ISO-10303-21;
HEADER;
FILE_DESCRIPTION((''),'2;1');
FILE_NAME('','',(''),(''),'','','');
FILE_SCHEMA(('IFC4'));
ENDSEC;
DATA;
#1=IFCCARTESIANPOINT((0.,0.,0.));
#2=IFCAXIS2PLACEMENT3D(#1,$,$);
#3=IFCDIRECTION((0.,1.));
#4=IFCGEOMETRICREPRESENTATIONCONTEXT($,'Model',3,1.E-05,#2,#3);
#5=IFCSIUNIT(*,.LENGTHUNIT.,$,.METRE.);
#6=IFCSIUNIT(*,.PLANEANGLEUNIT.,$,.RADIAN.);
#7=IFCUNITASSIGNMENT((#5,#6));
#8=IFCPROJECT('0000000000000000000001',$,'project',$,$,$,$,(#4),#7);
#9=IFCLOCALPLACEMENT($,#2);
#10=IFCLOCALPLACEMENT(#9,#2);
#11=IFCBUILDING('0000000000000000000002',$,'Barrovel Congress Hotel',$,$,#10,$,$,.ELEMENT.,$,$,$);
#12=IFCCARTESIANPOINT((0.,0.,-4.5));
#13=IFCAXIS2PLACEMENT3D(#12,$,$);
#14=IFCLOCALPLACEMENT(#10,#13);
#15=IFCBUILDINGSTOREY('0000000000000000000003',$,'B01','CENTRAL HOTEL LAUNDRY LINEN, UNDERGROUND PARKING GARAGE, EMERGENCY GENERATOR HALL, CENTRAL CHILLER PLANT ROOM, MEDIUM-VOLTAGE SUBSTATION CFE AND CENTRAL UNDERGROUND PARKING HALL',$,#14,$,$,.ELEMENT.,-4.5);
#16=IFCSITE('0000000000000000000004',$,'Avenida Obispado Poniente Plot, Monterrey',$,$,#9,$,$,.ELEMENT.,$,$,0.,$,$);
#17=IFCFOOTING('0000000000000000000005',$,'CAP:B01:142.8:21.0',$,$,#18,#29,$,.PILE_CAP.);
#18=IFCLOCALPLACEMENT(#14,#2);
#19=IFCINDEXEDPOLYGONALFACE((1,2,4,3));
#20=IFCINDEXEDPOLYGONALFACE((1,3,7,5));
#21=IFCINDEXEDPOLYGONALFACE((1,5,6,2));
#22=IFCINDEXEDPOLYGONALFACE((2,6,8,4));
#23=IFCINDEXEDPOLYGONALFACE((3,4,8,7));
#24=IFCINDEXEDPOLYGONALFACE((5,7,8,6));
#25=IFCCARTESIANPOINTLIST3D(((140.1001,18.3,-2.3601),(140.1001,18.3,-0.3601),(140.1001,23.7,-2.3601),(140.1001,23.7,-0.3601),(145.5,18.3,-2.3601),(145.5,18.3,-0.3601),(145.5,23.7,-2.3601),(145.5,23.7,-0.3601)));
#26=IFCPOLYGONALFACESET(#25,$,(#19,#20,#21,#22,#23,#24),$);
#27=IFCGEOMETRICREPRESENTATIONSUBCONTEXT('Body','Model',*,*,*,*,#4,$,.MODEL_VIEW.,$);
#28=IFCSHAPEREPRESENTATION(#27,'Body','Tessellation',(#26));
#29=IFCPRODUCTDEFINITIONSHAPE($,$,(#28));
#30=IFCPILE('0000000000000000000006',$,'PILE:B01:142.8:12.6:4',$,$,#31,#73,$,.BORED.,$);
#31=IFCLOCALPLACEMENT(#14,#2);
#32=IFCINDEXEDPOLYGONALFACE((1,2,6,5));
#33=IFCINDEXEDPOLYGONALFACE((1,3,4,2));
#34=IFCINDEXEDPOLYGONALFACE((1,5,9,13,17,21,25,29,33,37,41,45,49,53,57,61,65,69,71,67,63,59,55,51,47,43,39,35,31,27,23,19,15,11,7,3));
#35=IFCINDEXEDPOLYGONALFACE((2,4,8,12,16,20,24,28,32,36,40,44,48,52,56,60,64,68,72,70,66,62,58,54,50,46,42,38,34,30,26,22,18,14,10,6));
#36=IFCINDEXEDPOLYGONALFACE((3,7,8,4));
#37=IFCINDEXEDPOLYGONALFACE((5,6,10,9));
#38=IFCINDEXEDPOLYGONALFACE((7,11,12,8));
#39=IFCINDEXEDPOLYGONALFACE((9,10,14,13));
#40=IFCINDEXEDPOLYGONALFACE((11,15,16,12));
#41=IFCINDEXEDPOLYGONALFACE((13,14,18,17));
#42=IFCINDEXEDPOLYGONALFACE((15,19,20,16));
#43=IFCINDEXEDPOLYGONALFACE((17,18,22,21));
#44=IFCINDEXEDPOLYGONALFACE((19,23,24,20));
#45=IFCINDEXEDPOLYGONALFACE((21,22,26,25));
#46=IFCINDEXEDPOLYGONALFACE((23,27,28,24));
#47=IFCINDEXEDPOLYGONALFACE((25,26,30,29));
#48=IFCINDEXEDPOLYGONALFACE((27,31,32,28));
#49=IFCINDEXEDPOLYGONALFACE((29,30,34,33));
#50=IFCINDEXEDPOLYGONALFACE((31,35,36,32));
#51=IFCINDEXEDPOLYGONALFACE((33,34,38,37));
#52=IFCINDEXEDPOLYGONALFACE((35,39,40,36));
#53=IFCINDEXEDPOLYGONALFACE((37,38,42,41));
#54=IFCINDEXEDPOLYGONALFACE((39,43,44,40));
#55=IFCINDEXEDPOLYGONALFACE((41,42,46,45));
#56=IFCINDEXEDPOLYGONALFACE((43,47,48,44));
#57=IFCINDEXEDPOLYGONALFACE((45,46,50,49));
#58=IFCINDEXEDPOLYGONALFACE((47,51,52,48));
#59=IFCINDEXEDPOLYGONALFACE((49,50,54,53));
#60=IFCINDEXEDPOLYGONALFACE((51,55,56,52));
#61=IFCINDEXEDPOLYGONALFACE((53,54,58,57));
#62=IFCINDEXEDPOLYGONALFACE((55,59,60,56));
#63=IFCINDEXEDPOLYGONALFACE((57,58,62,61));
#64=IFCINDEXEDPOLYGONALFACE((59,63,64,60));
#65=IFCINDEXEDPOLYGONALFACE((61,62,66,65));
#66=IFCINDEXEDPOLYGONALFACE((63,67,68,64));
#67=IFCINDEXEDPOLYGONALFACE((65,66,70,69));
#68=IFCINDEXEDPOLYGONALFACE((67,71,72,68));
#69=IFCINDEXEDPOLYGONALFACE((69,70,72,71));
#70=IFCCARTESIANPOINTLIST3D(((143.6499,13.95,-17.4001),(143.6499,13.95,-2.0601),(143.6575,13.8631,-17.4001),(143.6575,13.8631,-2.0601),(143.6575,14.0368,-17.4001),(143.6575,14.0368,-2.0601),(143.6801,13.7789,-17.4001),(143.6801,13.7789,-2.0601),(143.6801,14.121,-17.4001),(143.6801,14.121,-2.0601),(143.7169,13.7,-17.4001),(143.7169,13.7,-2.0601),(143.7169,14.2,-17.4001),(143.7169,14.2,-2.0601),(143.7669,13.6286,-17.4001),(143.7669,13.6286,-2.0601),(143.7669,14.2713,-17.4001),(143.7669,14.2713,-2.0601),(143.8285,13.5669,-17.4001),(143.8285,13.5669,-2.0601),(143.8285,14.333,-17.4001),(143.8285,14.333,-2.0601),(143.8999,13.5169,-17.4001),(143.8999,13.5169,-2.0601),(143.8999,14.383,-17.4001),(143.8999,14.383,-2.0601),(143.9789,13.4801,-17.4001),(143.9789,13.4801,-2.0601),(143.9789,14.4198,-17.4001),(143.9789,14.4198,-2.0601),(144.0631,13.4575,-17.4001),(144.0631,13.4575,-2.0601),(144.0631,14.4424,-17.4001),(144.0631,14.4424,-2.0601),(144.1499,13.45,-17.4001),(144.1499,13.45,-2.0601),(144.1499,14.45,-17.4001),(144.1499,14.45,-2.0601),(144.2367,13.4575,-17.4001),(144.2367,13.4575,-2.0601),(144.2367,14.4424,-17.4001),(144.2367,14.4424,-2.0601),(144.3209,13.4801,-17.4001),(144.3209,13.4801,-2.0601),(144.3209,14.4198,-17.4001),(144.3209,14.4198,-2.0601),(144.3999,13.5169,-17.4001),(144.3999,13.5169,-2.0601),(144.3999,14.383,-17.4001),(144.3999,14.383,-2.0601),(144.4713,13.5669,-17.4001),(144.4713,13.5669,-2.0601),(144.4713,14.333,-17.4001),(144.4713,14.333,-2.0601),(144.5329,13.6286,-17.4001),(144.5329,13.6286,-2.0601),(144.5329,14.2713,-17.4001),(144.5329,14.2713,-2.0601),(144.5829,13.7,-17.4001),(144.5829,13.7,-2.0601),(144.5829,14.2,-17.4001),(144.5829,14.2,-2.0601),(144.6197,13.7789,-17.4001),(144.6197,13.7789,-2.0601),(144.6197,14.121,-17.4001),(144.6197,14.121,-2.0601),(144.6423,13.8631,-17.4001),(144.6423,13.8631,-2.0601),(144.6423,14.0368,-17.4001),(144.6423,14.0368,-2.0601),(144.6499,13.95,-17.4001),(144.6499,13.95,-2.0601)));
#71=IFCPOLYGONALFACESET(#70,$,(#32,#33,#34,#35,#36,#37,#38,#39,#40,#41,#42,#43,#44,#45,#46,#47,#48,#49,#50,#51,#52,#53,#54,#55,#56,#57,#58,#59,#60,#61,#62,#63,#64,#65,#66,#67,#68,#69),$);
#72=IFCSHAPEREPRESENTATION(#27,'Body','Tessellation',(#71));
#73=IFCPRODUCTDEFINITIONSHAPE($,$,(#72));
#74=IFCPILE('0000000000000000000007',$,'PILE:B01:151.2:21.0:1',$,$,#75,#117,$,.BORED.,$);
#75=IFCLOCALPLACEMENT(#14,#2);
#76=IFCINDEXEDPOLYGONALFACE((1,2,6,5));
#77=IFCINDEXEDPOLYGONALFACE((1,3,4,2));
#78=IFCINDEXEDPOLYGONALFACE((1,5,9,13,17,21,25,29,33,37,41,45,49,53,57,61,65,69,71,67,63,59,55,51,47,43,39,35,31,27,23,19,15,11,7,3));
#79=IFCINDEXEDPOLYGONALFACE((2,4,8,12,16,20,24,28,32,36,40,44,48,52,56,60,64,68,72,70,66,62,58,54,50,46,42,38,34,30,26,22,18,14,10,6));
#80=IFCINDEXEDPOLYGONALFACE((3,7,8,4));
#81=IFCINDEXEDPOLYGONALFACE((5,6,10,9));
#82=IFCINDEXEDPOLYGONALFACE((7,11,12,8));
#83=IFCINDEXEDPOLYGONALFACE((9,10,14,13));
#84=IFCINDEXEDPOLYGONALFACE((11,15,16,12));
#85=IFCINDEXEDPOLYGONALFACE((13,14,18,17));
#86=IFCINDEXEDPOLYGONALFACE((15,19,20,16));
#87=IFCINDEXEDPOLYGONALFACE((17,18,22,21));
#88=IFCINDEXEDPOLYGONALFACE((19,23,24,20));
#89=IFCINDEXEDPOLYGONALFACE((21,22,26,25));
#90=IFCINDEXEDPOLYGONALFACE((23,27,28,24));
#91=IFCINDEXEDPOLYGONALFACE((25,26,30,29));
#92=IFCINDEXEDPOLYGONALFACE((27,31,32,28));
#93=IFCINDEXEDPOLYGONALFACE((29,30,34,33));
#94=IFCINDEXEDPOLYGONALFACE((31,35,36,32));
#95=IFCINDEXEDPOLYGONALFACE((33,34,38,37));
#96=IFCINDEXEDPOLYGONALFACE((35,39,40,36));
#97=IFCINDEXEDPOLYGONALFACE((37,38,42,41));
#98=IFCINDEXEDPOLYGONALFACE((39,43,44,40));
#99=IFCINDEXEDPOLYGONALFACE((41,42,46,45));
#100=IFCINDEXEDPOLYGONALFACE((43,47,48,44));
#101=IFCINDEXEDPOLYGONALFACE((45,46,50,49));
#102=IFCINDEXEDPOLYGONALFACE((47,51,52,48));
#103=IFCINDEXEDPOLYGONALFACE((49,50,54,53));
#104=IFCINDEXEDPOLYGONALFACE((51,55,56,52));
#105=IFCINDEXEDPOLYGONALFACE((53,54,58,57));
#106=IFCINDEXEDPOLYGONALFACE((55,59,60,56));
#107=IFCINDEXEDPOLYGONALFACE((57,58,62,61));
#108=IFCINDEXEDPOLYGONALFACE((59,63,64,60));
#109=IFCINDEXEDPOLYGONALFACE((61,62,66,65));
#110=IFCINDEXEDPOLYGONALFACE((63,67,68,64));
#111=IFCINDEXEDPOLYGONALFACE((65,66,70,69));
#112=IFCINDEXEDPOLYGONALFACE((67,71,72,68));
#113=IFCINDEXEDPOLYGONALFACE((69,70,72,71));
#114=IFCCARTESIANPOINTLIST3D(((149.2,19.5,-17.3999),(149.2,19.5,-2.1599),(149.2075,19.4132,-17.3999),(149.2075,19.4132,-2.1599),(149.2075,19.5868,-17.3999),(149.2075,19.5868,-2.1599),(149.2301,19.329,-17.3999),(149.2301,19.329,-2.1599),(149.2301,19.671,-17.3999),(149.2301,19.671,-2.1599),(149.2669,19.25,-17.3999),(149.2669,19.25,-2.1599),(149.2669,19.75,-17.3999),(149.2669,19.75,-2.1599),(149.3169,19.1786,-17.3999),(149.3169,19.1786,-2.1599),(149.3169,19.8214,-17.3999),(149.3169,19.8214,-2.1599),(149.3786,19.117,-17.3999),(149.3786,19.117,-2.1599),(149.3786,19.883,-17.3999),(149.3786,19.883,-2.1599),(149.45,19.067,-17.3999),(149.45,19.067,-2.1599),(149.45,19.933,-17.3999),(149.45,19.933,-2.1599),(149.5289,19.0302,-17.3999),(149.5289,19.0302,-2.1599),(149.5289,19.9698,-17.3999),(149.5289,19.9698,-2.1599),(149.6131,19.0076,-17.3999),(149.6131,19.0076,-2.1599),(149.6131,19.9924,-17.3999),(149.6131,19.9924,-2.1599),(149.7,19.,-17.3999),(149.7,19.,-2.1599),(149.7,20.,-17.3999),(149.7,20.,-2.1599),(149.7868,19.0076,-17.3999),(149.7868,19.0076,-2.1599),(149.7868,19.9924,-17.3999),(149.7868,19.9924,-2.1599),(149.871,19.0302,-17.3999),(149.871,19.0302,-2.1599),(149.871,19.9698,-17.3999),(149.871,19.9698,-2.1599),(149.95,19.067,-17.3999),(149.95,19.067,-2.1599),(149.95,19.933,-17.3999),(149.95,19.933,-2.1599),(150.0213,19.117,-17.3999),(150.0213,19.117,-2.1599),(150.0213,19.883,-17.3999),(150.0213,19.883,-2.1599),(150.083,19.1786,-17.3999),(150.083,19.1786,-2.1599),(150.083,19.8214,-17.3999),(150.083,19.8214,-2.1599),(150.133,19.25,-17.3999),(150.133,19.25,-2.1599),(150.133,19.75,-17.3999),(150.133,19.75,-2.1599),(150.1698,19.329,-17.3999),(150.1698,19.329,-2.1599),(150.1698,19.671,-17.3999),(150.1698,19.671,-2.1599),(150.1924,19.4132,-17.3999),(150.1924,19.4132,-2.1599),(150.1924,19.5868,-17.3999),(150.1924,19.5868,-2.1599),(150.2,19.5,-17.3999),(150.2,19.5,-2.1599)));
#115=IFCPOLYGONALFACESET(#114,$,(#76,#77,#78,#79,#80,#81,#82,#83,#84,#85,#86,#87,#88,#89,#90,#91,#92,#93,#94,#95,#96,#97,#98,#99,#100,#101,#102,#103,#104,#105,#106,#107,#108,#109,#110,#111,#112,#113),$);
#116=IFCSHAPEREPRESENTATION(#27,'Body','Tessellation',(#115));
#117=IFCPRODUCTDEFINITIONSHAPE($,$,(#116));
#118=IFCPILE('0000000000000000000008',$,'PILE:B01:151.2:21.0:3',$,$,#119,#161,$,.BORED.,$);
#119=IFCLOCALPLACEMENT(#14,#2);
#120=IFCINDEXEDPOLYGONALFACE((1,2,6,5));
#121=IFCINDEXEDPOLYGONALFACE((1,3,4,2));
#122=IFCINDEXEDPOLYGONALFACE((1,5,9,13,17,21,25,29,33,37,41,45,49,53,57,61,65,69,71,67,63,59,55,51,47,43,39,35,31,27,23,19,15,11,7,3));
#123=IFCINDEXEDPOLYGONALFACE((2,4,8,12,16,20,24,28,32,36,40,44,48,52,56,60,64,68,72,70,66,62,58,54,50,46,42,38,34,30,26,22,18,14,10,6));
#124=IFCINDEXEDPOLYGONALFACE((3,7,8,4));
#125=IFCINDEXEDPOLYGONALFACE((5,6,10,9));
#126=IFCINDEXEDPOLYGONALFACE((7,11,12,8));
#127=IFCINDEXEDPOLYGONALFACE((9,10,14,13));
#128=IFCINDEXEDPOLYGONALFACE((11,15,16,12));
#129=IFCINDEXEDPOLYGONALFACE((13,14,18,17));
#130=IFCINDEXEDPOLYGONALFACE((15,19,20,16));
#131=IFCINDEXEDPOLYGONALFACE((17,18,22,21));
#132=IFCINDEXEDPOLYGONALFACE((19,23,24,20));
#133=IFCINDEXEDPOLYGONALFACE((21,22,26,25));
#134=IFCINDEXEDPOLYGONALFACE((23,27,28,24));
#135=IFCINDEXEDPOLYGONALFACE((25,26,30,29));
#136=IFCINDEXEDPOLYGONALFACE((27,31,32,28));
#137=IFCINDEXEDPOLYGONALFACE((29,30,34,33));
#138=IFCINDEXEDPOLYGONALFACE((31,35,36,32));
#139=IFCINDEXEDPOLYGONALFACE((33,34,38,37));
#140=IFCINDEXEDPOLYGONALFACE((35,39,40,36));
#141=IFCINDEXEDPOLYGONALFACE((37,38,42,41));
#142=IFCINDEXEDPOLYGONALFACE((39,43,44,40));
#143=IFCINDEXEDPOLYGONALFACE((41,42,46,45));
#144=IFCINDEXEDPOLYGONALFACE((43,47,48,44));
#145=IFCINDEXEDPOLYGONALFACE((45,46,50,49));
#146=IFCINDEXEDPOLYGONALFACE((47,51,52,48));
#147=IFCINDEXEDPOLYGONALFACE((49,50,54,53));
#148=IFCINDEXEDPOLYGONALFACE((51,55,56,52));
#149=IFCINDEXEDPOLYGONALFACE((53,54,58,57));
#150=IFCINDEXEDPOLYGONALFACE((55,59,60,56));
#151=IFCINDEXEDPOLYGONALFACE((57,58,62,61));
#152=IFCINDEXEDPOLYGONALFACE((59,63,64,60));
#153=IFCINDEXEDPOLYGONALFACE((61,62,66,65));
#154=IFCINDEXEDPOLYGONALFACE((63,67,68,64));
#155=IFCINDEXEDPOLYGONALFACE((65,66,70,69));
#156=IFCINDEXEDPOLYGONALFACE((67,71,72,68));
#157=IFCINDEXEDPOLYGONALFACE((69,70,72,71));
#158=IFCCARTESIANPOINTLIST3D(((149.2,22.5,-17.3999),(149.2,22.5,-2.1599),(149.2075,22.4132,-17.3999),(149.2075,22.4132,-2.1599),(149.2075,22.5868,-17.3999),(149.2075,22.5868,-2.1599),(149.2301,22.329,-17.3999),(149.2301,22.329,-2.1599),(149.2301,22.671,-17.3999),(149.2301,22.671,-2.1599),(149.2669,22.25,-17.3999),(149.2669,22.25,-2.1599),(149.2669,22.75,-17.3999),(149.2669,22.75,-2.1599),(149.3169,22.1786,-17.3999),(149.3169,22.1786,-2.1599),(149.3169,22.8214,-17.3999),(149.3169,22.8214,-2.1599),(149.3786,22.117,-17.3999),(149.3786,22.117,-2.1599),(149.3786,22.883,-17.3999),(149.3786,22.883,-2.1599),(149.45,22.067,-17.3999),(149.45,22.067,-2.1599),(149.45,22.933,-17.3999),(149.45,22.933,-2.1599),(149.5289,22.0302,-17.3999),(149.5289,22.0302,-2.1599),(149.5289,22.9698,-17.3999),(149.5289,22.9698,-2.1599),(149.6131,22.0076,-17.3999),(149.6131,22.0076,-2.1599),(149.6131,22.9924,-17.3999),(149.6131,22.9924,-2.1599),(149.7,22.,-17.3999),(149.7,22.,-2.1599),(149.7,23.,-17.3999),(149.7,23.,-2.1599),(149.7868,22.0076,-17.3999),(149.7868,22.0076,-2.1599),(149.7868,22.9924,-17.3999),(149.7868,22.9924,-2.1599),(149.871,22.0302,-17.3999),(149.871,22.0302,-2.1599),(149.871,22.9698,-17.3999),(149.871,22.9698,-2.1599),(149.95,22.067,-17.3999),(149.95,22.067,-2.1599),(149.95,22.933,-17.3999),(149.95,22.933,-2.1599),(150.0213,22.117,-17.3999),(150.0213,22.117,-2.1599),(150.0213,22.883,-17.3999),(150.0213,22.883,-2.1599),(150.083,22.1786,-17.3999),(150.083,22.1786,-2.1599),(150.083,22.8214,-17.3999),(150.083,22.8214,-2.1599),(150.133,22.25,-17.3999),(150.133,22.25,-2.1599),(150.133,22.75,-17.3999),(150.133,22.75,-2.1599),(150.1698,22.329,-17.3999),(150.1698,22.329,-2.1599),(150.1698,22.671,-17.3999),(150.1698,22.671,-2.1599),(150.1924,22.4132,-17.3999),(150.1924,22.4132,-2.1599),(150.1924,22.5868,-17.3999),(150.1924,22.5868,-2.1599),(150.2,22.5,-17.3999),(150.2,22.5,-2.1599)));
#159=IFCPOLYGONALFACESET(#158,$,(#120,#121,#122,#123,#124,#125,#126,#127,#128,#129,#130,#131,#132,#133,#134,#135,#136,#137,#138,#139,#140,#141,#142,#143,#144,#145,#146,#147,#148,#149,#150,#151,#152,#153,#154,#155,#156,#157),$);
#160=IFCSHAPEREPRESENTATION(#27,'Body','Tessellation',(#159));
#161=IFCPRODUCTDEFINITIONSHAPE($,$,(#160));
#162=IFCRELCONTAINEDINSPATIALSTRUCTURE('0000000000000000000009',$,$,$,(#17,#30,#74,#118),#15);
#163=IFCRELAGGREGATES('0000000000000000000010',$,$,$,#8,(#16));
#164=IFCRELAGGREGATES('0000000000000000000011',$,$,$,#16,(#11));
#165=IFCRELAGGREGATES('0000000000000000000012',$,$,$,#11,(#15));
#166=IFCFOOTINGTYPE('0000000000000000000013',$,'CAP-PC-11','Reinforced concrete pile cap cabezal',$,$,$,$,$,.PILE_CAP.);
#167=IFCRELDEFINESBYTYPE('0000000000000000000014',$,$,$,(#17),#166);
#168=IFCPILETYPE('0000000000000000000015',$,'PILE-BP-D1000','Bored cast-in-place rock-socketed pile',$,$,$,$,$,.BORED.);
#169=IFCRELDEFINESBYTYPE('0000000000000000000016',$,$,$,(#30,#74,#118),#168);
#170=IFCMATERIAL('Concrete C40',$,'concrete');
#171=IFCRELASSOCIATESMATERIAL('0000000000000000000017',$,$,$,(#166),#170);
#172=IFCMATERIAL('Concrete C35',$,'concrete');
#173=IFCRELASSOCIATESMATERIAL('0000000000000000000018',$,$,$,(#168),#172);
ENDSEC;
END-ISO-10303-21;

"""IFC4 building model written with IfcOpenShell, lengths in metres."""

from ifc_helpers import new_model, si_unit, direction, frame, origin, origin_2d, place, context, subcontext, project, spatial, rectangle, circle, extrude, material, material_profile, profile_set, type_object, element, save


model = new_model("IFC4")

# Units and contexts
model_context = context("Model", 3, precision=1e-05, world=origin(), true_north=direction((0.0, 1.0)))
body_context = subcontext(model_context, "Body", "Model", "MODEL_VIEW")
ifc_project = project(units=[si_unit("LENGTHUNIT", "METRE"), si_unit("PLANEANGLEUNIT", "RADIAN")], contexts=[model_context])

# Site, building, storey
site_placement = place(None, origin())
site = spatial("IfcSite", under=ifc_project, at=site_placement, Name="Avenida Obispado Poniente Plot, Monterrey", CompositionType="ELEMENT", RefElevation=0.0)
building_placement = place(site_placement, origin())
building = spatial("IfcBuilding", under=site, at=building_placement, Name="Barrovel Congress Hotel", CompositionType="ELEMENT")
storey_placement = place(building_placement, frame((0.0, 0.0, -4.5)))
storey = spatial("IfcBuildingStorey", under=building, at=storey_placement, Name="B01", Description="CENTRAL HOTEL LAUNDRY LINEN, UNDERGROUND PARKING GARAGE, EMERGENCY GENERATOR HALL, CENTRAL CHILLER PLANT ROOM, MEDIUM-VOLTAGE SUBSTATION CFE AND CENTRAL UNDERGROUND PARKING HALL", CompositionType="ELEMENT", Elevation=-4.5)

# Footing
ifc_material_1 = material(Name="Concrete C40", Category="concrete")
footing_type = type_object("IfcFootingType", Name="CAP-PC-11", Description="Reinforced concrete pile cap cabezal", PredefinedType="PILE_CAP", material=ifc_material_1)
footing_placement = place(storey_placement, frame((142.8, 21.0, -2.3601), z_axis=(0.0, 0.0, 1.0), x_axis=(1.0, 0.0, 0.0)))
element("IfcFooting", 1, at=footing_placement, inside=storey, type_object=footing_type, Name="CAP:B01:142.8:21.0", PredefinedType="PILE_CAP", context=body_context, shape_type="SweptSolid", body=[
    extrude(rectangle(XDim=5.3999, YDim=5.3999, at=origin_2d()), origin(), (0.0, 0.0, 1.0), 2.0),
])

# Piles
ifc_material_2 = material(Name="Concrete C35", Category="concrete")
ifc_material_profile_1 = material_profile(ifc_material_2, circle(Radius=0.5, at=origin_2d()), Name="BP-D1000")
ifc_profile_set_1 = profile_set([ifc_material_profile_1], Name="Concrete C35")
pile_type_1 = type_object("IfcPileType", Name="PILE-BP-D1000", Description="Bored cast-in-place rock-socketed pile", PredefinedType="BORED", material=ifc_profile_set_1)
pile_placement = place(storey_placement, frame((144.1499, 13.95, -2.0601), z_axis=(0.0, 0.0, -1.0), x_axis=(1.0, 0.0, 0.0)))
element("IfcPile", 2, at=pile_placement, inside=storey, type_object=pile_type_1, Name="PILE:B01:142.8:12.6:4", PredefinedType="BORED", context=body_context, shape_type="SweptSolid", body=[
    extrude(circle(Radius=0.5, at=origin_2d()), origin(), (0.0, 0.0, 1.0), 15.3401),
])
for number, where, z_axis, x_axis, name in (
    (3, (149.7, 19.5, -2.1599), (0.0, 0.0, -1.0), (1.0, 0.0, 0.0), "PILE:B01:151.2:21.0:1"),
    (4, (149.7, 22.5, -2.1599), (0.0, 0.0, -1.0), (1.0, 0.0, 0.0), "PILE:B01:151.2:21.0:3"),
):
    element("IfcPile", number, at=place(storey_placement, frame(where, z_axis=z_axis, x_axis=x_axis)), inside=storey, type_object=pile_type_1, Name=name, PredefinedType="BORED", context=body_context, shape_type="SweptSolid", body=[
        extrude(circle(Radius=0.5, at=origin_2d()), origin(), (0.0, 0.0, 1.0), 15.24),
    ])

save(model, "model.ifc")
